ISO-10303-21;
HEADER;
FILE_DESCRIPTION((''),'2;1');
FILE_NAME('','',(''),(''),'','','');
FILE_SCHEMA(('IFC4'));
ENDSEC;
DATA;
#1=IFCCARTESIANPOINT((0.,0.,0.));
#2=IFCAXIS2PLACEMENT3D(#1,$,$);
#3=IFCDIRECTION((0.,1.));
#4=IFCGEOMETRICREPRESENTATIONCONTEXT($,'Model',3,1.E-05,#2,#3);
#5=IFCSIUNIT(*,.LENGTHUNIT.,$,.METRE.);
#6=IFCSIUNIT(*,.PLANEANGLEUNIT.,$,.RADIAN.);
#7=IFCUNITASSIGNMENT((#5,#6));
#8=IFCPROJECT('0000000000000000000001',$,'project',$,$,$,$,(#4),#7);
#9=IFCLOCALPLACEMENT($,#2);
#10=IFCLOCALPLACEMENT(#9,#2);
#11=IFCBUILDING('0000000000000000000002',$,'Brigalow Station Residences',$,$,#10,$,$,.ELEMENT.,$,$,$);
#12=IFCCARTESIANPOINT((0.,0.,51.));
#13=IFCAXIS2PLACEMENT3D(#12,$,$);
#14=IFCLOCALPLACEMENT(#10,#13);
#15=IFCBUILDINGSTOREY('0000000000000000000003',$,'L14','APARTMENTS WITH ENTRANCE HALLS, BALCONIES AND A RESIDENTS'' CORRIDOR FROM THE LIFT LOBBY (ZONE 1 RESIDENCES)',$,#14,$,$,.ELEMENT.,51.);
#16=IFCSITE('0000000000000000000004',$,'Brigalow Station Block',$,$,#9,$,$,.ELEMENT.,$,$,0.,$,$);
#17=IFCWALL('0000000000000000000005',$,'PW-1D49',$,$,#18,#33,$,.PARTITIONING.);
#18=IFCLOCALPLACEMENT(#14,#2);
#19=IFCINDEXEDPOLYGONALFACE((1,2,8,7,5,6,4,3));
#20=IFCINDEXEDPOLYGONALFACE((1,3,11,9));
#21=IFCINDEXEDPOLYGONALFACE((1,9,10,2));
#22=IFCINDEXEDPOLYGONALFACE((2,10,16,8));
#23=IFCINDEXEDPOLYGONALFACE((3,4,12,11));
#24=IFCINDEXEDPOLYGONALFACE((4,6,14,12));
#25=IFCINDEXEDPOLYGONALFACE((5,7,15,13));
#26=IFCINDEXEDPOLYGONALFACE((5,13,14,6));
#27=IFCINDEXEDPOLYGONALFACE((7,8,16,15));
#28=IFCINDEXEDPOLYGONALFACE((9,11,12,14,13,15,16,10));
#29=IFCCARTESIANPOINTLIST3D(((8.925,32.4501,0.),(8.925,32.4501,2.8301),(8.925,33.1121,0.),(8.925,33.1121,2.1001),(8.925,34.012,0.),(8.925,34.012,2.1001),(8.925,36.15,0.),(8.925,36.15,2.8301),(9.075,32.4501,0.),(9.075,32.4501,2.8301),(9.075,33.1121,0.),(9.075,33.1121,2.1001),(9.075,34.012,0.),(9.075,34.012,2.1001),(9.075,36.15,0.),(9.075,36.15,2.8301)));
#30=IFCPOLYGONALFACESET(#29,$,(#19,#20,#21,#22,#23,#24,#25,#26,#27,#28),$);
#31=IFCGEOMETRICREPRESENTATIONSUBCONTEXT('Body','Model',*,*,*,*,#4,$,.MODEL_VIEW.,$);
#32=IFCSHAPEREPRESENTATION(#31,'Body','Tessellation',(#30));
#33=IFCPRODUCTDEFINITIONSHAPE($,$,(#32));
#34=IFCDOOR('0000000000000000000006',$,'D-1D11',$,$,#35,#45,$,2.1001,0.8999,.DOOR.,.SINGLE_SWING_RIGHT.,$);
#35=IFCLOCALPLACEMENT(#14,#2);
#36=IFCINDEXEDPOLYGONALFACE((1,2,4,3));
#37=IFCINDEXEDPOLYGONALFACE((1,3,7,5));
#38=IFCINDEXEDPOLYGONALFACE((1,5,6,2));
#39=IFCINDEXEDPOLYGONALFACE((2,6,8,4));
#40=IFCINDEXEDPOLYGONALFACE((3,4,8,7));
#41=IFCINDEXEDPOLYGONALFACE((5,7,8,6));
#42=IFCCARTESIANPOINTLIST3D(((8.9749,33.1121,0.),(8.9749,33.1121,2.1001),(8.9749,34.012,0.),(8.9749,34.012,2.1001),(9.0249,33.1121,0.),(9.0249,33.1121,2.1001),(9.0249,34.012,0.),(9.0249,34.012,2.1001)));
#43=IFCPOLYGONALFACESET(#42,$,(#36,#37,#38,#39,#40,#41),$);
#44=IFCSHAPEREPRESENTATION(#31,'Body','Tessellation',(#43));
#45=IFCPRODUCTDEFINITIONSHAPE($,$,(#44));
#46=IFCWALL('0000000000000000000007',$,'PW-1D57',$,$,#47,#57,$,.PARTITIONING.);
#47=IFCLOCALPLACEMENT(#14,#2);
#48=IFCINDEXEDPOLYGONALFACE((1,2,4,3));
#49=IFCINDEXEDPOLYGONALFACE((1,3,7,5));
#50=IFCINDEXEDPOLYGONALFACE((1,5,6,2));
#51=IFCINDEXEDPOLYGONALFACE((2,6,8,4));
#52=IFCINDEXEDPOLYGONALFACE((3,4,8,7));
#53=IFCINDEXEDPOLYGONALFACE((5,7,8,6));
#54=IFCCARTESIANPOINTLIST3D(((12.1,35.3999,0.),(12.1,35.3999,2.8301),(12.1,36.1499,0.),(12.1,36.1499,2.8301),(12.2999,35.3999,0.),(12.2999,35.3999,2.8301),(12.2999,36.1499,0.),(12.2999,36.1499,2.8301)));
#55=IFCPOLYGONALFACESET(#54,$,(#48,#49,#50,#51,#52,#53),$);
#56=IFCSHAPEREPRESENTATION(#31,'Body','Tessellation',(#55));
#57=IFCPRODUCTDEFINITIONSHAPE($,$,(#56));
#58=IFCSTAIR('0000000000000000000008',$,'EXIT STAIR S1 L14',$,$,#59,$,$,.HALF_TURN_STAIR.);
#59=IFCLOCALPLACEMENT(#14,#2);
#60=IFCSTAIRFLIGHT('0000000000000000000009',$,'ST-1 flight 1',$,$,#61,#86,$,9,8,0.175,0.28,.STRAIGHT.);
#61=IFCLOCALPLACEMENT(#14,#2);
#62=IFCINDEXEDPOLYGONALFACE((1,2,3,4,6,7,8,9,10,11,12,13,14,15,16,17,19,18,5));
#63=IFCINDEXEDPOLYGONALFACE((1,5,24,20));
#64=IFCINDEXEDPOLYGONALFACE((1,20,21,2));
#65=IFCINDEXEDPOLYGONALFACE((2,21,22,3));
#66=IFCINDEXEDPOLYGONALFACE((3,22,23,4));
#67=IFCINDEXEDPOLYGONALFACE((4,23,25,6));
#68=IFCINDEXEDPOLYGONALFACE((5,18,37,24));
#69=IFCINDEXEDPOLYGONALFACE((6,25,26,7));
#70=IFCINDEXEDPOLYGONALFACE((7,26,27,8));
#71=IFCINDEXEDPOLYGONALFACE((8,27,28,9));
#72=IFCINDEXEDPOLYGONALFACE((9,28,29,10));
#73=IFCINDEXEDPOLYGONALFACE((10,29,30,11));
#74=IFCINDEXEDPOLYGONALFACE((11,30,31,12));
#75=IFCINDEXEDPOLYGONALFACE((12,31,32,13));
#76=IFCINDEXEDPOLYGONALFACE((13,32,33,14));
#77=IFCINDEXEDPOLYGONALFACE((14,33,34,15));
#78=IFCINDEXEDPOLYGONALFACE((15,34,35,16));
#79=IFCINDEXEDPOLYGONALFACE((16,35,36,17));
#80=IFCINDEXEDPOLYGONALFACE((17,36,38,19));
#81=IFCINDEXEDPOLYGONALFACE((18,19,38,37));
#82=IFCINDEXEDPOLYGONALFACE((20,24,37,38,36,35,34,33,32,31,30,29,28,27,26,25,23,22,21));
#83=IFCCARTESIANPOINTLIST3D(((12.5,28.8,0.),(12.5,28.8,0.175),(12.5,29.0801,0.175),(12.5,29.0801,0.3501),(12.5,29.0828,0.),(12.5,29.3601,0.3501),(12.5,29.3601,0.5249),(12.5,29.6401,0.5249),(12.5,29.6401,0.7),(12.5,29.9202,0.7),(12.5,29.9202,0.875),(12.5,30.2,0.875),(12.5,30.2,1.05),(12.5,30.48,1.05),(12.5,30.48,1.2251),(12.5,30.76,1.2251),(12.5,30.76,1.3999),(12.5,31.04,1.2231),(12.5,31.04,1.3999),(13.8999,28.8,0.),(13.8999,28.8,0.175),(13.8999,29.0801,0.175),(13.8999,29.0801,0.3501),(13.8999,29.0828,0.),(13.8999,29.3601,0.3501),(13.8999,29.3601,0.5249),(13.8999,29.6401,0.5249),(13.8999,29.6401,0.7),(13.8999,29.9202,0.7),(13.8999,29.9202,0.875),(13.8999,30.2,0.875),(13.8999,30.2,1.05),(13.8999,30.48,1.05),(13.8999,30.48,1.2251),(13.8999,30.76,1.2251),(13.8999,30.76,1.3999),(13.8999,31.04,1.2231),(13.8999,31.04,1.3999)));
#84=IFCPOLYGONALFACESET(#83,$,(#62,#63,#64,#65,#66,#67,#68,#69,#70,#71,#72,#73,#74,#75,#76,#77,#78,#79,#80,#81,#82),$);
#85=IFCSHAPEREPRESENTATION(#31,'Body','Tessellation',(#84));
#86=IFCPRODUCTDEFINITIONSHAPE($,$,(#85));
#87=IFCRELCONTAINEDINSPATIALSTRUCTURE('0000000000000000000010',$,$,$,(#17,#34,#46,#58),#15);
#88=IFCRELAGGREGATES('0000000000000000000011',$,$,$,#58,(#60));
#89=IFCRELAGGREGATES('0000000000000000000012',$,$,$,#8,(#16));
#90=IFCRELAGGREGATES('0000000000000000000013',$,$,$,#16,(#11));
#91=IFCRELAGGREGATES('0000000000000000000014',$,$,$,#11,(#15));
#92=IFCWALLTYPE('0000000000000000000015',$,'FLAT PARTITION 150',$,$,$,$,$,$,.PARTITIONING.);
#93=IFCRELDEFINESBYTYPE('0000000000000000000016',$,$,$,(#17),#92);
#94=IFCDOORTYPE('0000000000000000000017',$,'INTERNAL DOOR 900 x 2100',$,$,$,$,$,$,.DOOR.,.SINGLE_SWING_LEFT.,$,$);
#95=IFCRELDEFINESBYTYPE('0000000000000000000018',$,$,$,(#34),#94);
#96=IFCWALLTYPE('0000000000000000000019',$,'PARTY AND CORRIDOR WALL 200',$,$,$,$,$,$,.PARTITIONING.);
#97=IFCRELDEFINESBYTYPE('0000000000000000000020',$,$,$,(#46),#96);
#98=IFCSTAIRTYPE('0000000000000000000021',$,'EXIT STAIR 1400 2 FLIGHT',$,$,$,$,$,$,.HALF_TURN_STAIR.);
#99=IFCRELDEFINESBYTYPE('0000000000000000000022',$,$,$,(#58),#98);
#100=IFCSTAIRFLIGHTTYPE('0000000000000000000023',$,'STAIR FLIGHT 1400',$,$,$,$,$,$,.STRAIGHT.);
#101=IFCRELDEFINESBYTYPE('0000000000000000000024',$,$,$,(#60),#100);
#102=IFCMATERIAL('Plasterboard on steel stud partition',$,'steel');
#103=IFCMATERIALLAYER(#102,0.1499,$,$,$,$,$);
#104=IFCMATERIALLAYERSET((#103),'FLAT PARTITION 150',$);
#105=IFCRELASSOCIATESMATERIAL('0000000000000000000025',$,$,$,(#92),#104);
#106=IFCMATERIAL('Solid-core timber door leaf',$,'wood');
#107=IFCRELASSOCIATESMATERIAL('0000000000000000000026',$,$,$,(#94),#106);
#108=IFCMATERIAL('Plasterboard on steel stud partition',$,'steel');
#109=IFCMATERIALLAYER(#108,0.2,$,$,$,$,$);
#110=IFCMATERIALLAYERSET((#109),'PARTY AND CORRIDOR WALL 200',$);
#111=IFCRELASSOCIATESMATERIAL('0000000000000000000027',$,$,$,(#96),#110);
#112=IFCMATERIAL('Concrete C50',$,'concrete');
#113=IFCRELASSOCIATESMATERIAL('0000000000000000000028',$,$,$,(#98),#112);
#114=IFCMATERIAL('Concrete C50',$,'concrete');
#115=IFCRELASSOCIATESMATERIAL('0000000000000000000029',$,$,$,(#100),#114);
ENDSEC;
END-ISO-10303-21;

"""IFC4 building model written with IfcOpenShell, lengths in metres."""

from ifc_helpers import new_model, si_unit, direction, frame, frame_2d, origin, place, context, subcontext, project, spatial, polyline, rectangle, outline, extrude, material, layer, layer_set, type_object, element, fill, aggregate, save


model = new_model("IFC4")

# Units and contexts
model_context = context("Model", 3, precision=1e-05, world=origin(), true_north=direction((0.0, 1.0)))
body_context = subcontext(model_context, "Body", "Model", "MODEL_VIEW")
ifc_project = project(units=[si_unit("LENGTHUNIT", "METRE"), si_unit("PLANEANGLEUNIT", "RADIAN")], contexts=[model_context])

# Site, building, storey
site_placement = place(None, origin())
site = spatial("IfcSite", under=ifc_project, at=site_placement, Name="Brigalow Station Block", CompositionType="ELEMENT", RefElevation=0.0)
building_placement = place(site_placement, origin())
building = spatial("IfcBuilding", under=site, at=building_placement, Name="Brigalow Station Residences", CompositionType="ELEMENT")
storey_placement = place(building_placement, frame((0.0, 0.0, 51.0)))
storey = spatial("IfcBuildingStorey", under=building, at=storey_placement, Name="L14", Description="APARTMENTS WITH ENTRANCE HALLS, BALCONIES AND A RESIDENTS' CORRIDOR FROM THE LIFT LOBBY (ZONE 1 RESIDENCES)", CompositionType="ELEMENT", Elevation=51.0)

# Wall, opening, door
ifc_material_1 = material(Name="Plasterboard on steel stud partition", Category="steel")
ifc_layer_1 = layer(ifc_material_1, 0.1499)
ifc_layer_set_1 = layer_set([ifc_layer_1], Name="FLAT PARTITION 150")
wall_type_1 = type_object("IfcWallType", Name="FLAT PARTITION 150", PredefinedType="PARTITIONING", material=ifc_layer_set_1)
wall_1_placement = place(storey_placement, frame((9.0, 32.45, 0.0), z_axis=(0.0, 0.0, 1.0), x_axis=(0.0, 1.0, 0.0)))
wall_1 = element("IfcWall", 1, at=wall_1_placement, inside=storey, type_object=wall_type_1, Name="PW-1D49", PredefinedType="PARTITIONING", context=body_context, shape_type="SweptSolid", body=[
    extrude(rectangle(XDim=3.7, YDim=0.1499, at=frame_2d((1.8501, 0.0))), origin(), (0.0, 0.0, 1.0), 2.8301),
])
opening_1_placement = place(wall_1_placement, frame((0.6621, 0.0, 0.0)))
opening_1 = element("IfcOpeningElement", 2, at=opening_1_placement, cuts=wall_1, PredefinedType="OPENING", context=body_context, shape_type="SweptSolid", body=[
    extrude(rectangle(XDim=0.8999, YDim=2.1001, at=frame_2d((0.45, 1.05))), frame((0.0, 0.085, 0.0), z_axis=(0.0, -1.0, 0.0), x_axis=(1.0, 0.0, 0.0)), (0.0, 0.0, 1.0), 0.1699),
])
ifc_material_2 = material(Name="Solid-core timber door leaf", Category="wood")
door_type_1 = type_object("IfcDoorType", Name="INTERNAL DOOR 900 x 2100", OperationType="SINGLE_SWING_LEFT", PredefinedType="DOOR", material=ifc_material_2)
door_1_placement = place(opening_1_placement, frame((0.8999, 0.0, 0.0), z_axis=(0.0, 0.0, 1.0), x_axis=(-1.0, 0.0, 0.0)))
door_1 = element("IfcDoor", 3, at=door_1_placement, inside=storey, type_object=door_type_1, Name="D-1D11", OperationType="SINGLE_SWING_RIGHT", OverallHeight=2.1001, OverallWidth=0.8999, PredefinedType="DOOR", context=body_context, shape_type="SweptSolid", body=[
    extrude(rectangle(XDim=0.8999, YDim=2.1001, at=frame_2d((0.45, 1.05))), frame((0.0, 0.0249, 0.0), z_axis=(0.0, -1.0, 0.0), x_axis=(1.0, 0.0, 0.0)), (0.0, 0.0, 1.0), 0.05),
])
fill(opening_1, door_1)

# Wall
ifc_material_3 = material(Name="Plasterboard on steel stud partition", Category="steel")
ifc_layer_2 = layer(ifc_material_3, 0.2)
ifc_layer_set_2 = layer_set([ifc_layer_2], Name="PARTY AND CORRIDOR WALL 200")
wall_type_2 = type_object("IfcWallType", Name="PARTY AND CORRIDOR WALL 200", PredefinedType="PARTITIONING", material=ifc_layer_set_2)
wall_2_placement = place(storey_placement, frame((12.2, 35.3999, 0.0), z_axis=(0.0, 0.0, 1.0), x_axis=(0.0, 1.0, 0.0)))
element("IfcWall", 4, at=wall_2_placement, inside=storey, type_object=wall_type_2, Name="PW-1D57", PredefinedType="PARTITIONING", context=body_context, shape_type="SweptSolid", body=[
    extrude(rectangle(XDim=0.75, YDim=0.2, at=frame_2d((0.375, 0.0))), origin(), (0.0, 0.0, 1.0), 2.8301),
])

# Stair, stair flight
ifc_material_4 = material(Name="Concrete C50", Category="concrete")
stair_type = type_object("IfcStairType", Name="EXIT STAIR 1400 2 FLIGHT", PredefinedType="HALF_TURN_STAIR", material=ifc_material_4)
stair_placement = place(storey_placement, origin())
stair = element("IfcStair", 5, at=stair_placement, inside=storey, type_object=stair_type, Name="EXIT STAIR S1 L14", PredefinedType="HALF_TURN_STAIR")
ifc_material_5 = material(Name="Concrete C50", Category="concrete")
stair_flight_type = type_object("IfcStairFlightType", Name="STAIR FLIGHT 1400", PredefinedType="STRAIGHT", material=ifc_material_5)
stair_flight_placement = place(storey_placement, frame((13.2, 28.8, 0.0), z_axis=(0.0, 0.0, 1.0), x_axis=(0.0, 1.0, 0.0)))
stair_flight = element("IfcStairFlight", 6, at=stair_flight_placement, type_object=stair_flight_type, Name="ST-1 flight 1", NumberOfRisers=9, NumberOfTreads=8, PredefinedType="STRAIGHT", RiserHeight=0.175, TreadLength=0.28, context=body_context, shape_type="SweptSolid", body=[
    extrude(outline(polyline([(0.0, 0.0), (0.0, 0.175), (0.28, 0.175), (0.28, 0.3501), (0.5601, 0.3501), (0.5601, 0.5249), (0.8401, 0.5249), (0.8401, 0.7), (1.1201, 0.7), (1.1201, 0.875), (1.3999, 0.875), (1.3999, 1.05), (1.6799, 1.05), (1.6799, 1.2251), (1.96, 1.2251), (1.96, 1.3999), (2.24, 1.3999), (2.24, 1.575), (2.24, 1.2231), (0.2827, 0.0), (0.0, 0.0)])), frame((0.0, 0.7, 0.0), z_axis=(0.0, -1.0, 0.0), x_axis=(1.0, 0.0, 0.0)), (0.0, 0.0, 1.0), 1.3999),
])
aggregate(stair, [stair_flight])

save(model, "model.ifc")
